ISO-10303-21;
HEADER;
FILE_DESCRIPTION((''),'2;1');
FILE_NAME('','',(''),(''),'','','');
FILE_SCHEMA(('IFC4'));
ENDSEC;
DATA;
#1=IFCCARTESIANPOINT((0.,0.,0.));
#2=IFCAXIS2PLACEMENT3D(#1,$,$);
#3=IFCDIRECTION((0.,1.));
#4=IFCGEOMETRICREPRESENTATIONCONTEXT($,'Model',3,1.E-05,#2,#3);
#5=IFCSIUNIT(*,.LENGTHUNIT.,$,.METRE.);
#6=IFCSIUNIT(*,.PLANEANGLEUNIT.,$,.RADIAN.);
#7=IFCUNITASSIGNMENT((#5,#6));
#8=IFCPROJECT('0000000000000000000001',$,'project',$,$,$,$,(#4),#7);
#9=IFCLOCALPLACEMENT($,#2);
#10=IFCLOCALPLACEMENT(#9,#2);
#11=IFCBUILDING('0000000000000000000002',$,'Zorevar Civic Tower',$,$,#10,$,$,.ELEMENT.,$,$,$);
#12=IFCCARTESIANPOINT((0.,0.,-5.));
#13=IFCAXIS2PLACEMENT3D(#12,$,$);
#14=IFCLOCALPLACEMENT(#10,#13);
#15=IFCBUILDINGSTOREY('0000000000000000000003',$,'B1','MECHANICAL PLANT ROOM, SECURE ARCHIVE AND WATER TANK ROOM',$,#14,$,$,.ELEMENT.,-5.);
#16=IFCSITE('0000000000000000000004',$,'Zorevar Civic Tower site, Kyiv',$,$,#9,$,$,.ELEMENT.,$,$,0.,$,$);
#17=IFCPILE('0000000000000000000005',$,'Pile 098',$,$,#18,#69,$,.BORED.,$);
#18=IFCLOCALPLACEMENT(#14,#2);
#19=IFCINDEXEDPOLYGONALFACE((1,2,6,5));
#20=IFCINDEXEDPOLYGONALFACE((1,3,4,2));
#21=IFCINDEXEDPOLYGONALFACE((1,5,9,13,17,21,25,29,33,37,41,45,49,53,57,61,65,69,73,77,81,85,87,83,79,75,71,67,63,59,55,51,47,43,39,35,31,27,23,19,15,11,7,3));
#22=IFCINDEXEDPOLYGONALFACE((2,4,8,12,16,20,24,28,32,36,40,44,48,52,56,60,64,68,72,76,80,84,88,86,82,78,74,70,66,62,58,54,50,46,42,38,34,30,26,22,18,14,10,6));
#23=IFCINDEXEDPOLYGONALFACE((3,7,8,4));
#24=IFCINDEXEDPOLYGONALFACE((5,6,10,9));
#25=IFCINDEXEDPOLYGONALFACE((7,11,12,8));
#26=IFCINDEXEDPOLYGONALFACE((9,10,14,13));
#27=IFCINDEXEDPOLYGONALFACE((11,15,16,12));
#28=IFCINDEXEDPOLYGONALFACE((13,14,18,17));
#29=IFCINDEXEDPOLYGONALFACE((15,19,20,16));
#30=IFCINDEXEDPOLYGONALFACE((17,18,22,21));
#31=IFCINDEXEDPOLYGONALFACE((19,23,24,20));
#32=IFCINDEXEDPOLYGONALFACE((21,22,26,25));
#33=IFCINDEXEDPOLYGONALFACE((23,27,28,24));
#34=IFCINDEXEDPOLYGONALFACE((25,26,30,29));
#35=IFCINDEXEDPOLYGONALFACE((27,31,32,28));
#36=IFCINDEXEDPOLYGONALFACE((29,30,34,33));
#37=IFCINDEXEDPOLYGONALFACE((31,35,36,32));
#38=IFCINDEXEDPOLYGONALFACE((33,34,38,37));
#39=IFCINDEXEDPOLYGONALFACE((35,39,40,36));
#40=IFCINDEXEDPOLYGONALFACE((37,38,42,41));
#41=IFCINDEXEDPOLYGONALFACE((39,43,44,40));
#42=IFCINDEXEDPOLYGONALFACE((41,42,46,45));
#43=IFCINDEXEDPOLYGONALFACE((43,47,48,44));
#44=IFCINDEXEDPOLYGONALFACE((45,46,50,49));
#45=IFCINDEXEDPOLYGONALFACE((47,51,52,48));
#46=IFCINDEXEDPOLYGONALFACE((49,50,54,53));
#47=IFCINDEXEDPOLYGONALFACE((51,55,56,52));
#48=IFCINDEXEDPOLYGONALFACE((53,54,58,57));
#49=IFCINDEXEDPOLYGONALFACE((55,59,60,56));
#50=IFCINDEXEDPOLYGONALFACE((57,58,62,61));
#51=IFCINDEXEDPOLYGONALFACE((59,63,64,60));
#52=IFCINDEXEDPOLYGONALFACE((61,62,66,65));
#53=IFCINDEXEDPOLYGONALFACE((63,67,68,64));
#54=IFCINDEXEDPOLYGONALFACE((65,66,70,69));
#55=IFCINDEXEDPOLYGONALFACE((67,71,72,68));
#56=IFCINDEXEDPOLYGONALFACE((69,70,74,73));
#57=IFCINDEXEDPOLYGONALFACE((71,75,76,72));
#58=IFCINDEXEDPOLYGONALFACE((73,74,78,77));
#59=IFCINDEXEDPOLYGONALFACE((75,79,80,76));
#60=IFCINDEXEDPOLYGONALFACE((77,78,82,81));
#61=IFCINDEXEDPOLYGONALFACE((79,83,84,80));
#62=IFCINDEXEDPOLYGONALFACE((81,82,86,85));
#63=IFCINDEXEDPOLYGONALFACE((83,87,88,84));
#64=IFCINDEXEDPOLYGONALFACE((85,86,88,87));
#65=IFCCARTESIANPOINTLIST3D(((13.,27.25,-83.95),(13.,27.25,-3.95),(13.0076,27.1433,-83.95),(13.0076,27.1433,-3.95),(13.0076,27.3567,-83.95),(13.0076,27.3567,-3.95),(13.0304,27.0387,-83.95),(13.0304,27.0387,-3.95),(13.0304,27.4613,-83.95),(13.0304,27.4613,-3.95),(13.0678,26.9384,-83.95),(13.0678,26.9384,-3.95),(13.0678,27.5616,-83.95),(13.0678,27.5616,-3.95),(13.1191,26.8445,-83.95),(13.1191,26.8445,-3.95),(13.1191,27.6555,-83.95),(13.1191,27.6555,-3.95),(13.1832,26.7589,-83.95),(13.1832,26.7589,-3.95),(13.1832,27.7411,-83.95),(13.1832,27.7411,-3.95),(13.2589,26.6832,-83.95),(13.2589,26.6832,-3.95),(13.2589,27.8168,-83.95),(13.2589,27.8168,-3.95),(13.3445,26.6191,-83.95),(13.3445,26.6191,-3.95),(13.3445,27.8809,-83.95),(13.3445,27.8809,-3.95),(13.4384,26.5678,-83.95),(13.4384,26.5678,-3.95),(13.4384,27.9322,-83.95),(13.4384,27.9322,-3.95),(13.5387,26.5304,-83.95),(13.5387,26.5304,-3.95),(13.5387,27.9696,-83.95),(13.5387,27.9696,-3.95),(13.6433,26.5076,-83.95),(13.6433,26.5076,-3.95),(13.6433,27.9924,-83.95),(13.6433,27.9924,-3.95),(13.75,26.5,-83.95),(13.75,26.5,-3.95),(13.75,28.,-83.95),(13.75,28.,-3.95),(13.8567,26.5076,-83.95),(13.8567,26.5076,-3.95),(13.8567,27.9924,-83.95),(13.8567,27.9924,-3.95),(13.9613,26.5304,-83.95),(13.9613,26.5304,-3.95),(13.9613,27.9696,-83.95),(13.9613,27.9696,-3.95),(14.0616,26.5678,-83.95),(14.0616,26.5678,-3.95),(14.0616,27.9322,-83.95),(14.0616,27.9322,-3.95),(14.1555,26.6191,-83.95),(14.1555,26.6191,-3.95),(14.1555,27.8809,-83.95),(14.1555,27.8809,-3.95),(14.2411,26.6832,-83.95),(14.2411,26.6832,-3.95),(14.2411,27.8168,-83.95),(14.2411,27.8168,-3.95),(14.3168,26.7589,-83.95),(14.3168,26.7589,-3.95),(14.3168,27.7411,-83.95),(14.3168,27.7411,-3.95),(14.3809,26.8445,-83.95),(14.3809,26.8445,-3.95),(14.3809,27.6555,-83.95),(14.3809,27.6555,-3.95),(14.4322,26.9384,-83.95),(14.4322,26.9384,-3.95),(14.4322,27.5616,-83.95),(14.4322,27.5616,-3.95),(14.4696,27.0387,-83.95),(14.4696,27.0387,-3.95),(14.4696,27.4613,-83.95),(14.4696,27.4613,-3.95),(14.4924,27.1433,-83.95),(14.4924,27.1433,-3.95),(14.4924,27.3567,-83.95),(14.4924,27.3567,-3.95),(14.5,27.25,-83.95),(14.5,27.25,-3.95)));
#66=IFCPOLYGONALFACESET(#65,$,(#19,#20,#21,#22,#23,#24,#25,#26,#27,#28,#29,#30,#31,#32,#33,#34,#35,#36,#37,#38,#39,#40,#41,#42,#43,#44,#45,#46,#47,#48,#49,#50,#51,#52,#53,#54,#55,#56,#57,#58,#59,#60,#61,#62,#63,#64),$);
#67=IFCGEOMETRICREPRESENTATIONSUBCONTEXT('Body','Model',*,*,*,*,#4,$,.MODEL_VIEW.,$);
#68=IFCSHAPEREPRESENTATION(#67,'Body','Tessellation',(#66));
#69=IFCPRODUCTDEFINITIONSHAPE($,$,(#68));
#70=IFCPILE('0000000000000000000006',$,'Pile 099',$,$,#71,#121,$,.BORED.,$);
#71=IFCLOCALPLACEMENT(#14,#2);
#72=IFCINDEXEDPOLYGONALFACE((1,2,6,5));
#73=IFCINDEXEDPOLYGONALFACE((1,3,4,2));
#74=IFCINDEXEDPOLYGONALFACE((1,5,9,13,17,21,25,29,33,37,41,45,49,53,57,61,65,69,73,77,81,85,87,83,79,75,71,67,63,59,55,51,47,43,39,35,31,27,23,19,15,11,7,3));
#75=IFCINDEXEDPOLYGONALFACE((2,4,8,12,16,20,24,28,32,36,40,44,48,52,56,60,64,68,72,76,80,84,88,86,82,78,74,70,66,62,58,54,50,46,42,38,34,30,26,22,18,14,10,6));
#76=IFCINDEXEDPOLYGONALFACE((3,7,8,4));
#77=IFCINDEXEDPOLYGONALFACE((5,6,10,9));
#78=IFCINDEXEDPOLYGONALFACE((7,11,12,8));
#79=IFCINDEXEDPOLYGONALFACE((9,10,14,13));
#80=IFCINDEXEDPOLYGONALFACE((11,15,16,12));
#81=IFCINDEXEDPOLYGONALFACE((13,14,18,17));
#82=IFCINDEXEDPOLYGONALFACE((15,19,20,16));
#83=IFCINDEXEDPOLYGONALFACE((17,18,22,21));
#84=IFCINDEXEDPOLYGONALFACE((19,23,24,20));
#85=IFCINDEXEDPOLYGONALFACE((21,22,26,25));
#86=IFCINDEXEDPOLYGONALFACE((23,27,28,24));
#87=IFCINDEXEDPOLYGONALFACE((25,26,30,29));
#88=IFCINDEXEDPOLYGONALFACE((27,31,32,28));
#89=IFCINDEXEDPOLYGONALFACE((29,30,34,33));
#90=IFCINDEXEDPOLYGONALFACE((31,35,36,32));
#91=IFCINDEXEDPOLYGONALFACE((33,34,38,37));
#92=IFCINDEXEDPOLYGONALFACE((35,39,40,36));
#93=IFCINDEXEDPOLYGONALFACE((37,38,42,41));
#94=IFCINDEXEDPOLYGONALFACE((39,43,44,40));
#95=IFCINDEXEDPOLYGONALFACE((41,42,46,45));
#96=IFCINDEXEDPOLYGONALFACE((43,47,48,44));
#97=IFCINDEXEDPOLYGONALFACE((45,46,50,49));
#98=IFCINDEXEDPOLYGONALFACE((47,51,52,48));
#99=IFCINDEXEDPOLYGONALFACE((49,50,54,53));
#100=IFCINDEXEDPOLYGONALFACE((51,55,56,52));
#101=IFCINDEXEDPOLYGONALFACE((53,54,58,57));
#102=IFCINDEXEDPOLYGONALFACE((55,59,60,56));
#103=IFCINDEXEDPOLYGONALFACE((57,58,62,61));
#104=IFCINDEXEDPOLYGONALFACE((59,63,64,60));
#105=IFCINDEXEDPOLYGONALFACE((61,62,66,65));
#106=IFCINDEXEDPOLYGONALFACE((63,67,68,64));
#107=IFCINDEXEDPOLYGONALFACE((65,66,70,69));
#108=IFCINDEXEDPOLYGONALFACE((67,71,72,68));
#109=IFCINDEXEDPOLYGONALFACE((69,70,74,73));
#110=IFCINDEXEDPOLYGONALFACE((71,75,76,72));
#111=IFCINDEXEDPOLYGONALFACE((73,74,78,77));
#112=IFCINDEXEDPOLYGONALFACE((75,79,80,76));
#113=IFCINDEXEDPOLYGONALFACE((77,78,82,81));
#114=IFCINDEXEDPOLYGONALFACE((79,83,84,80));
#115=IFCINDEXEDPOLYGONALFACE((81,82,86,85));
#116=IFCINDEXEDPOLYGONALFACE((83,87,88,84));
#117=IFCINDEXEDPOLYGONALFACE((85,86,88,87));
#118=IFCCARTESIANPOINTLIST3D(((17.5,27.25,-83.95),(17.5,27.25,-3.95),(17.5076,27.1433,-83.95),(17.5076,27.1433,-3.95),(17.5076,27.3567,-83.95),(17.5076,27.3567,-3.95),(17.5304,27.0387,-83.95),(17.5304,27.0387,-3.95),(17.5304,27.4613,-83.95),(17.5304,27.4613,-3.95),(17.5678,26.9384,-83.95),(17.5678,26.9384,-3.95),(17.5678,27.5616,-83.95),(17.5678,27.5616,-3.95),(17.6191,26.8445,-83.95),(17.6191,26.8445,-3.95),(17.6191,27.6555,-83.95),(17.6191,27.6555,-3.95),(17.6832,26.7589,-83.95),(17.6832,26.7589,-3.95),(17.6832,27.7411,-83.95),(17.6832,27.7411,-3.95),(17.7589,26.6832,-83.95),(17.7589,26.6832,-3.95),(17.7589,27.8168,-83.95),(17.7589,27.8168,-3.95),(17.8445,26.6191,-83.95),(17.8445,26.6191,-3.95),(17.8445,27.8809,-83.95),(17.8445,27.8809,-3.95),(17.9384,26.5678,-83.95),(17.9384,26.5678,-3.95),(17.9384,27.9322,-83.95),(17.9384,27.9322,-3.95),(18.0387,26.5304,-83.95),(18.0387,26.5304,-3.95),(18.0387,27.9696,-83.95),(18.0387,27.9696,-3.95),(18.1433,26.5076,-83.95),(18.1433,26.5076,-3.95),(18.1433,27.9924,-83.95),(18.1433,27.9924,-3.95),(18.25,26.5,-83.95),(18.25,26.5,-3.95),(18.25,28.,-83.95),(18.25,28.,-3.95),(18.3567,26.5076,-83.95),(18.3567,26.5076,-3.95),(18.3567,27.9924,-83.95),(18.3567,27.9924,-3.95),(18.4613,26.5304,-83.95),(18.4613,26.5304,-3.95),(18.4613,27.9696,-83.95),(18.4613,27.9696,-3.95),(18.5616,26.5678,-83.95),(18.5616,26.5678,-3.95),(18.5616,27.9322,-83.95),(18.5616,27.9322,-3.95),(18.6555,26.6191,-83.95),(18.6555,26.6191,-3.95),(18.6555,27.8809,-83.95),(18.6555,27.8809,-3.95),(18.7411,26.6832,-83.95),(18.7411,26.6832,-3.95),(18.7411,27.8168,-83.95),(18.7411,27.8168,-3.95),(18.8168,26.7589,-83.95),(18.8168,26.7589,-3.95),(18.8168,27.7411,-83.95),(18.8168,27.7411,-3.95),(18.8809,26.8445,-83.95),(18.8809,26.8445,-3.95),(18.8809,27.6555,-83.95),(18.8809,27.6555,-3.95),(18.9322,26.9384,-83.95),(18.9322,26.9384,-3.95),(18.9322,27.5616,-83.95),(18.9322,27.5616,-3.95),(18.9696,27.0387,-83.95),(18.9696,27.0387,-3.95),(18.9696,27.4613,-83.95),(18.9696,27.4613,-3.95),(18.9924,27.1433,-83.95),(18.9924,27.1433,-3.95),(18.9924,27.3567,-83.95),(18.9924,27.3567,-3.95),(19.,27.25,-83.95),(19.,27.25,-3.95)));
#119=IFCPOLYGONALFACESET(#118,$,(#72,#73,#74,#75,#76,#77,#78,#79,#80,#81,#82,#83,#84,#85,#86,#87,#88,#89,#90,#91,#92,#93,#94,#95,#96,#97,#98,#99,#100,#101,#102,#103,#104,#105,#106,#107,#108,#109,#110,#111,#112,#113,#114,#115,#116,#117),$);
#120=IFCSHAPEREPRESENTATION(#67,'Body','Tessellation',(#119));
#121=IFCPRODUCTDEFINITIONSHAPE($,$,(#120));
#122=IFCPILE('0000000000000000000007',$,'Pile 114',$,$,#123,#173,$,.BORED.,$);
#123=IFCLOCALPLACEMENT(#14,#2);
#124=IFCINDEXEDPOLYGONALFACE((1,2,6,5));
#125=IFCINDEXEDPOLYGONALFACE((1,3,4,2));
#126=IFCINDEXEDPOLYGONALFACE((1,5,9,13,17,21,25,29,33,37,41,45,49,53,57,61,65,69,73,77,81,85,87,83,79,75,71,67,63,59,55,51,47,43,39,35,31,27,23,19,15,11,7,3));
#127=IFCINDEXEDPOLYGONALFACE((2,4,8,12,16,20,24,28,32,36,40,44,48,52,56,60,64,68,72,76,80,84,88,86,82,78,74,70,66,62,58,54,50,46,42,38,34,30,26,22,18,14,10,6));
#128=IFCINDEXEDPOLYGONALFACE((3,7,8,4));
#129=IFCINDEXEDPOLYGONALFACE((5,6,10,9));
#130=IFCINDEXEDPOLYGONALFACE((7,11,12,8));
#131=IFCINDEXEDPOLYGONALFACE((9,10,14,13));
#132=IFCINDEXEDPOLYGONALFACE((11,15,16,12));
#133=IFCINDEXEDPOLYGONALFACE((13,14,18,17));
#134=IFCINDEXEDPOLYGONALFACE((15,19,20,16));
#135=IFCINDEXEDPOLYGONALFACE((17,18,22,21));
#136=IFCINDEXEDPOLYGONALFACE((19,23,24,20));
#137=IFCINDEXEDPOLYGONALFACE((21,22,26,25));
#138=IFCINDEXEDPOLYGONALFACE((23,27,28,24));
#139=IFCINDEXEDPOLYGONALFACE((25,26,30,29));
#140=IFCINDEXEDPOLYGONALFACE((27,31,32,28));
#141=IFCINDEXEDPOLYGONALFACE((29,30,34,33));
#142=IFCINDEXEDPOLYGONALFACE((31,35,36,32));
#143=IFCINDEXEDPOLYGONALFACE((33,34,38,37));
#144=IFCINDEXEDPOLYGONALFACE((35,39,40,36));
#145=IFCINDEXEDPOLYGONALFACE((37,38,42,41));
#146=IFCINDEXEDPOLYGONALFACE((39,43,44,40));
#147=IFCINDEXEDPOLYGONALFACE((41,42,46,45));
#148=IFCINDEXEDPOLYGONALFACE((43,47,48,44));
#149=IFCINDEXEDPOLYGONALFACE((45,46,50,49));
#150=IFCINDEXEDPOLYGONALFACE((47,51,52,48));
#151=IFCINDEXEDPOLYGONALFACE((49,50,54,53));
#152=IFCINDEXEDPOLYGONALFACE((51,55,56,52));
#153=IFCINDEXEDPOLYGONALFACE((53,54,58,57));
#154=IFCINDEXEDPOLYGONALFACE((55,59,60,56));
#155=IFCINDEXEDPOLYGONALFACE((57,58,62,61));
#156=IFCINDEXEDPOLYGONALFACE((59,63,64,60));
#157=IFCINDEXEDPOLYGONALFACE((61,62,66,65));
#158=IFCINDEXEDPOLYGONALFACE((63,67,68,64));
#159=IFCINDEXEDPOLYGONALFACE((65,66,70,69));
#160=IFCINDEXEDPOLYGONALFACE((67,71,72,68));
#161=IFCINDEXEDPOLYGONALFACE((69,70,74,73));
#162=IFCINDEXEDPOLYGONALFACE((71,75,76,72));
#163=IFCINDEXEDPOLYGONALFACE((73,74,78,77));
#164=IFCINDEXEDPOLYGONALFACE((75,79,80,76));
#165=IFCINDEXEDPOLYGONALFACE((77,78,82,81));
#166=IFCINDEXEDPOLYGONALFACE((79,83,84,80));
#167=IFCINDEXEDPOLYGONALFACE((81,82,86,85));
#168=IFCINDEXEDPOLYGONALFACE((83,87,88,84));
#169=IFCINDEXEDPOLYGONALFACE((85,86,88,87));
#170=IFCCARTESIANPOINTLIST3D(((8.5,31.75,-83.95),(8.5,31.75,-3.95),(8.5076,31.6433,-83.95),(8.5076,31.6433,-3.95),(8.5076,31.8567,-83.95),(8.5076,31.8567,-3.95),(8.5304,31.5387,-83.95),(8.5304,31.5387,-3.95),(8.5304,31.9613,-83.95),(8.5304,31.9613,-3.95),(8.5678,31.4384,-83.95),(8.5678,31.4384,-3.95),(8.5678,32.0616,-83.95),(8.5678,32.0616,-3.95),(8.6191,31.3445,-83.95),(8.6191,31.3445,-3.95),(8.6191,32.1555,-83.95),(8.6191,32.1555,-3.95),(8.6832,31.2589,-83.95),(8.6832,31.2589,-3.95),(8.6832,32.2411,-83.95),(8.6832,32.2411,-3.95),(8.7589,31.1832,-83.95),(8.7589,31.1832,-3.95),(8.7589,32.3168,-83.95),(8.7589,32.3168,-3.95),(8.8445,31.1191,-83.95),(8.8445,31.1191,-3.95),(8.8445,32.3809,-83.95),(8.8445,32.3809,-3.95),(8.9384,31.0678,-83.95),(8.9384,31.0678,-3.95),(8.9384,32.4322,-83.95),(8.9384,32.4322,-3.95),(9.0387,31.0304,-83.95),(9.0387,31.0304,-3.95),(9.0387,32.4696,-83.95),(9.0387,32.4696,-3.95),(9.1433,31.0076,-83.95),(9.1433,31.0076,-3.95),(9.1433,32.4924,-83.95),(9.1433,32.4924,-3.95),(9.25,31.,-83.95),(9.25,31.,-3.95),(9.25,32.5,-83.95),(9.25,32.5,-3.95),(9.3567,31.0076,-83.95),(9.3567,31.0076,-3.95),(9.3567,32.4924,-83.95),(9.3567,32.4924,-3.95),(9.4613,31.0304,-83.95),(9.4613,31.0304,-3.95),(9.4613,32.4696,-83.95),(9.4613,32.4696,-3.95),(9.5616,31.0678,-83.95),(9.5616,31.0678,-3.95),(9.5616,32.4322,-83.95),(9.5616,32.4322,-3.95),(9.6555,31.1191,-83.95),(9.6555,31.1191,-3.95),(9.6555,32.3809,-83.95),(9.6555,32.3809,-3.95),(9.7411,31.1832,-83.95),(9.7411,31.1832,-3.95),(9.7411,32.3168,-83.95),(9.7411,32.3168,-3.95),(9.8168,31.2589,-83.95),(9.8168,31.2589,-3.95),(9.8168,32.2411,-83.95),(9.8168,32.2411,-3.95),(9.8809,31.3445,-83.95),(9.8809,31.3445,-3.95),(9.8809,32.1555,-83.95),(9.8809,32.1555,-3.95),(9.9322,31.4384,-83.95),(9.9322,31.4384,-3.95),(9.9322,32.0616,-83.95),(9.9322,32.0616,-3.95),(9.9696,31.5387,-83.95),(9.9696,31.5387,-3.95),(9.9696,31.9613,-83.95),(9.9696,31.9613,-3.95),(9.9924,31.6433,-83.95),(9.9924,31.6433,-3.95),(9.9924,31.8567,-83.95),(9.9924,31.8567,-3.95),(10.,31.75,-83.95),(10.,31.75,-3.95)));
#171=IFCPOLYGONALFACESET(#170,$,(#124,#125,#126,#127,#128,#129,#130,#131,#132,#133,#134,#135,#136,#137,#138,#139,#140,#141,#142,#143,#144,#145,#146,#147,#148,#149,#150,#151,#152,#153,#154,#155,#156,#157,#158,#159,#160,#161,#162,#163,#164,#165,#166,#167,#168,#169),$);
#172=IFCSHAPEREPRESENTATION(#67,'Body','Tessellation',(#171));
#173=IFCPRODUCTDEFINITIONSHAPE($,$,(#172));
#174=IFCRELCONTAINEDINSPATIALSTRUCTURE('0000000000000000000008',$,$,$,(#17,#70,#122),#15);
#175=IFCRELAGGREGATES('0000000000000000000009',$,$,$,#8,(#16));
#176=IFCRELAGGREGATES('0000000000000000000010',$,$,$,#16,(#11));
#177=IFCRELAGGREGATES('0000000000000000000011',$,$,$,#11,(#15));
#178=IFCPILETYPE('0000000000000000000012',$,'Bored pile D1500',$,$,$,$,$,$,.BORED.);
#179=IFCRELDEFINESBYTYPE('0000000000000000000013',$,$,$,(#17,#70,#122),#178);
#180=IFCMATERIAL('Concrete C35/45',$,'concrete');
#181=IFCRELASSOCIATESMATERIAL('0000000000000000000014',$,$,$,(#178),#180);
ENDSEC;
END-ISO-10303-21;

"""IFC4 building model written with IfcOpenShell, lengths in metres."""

from ifc_helpers import new_model, si_unit, direction, frame, origin, origin_2d, place, context, subcontext, project, spatial, circle, extrude, material, type_object, element, save


model = new_model("IFC4")

# Units and contexts
model_context = context("Model", 3, precision=1e-05, world=origin(), true_north=direction((0.0, 1.0)))
body_context = subcontext(model_context, "Body", "Model", "MODEL_VIEW")
ifc_project = project(units=[si_unit("LENGTHUNIT", "METRE"), si_unit("PLANEANGLEUNIT", "RADIAN")], contexts=[model_context])

# Site, building, storey
site_placement = place(None, origin())
site = spatial("IfcSite", under=ifc_project, at=site_placement, Name="Zorevar Civic Tower site, Kyiv", CompositionType="ELEMENT", RefElevation=0.0)
building_placement = place(site_placement, origin())
building = spatial("IfcBuilding", under=site, at=building_placement, Name="Zorevar Civic Tower", CompositionType="ELEMENT")
storey_placement = place(building_placement, frame((0.0, 0.0, -5.0)))
storey = spatial("IfcBuildingStorey", under=building, at=storey_placement, Name="B1", Description="MECHANICAL PLANT ROOM, SECURE ARCHIVE AND WATER TANK ROOM", CompositionType="ELEMENT", Elevation=-5.0)

# Piles
ifc_material_1 = material(Name="Concrete C35/45", Category="concrete")
pile_type = type_object("IfcPileType", Name="Bored pile D1500", PredefinedType="BORED", material=ifc_material_1)
for number, where, z_axis, x_axis, name in (
    (1, (13.75, 27.25, -3.95), (0.0, 0.0, -1.0), (1.0, 0.0, 0.0), "Pile 098"),
    (2, (18.25, 27.25, -3.95), (0.0, 0.0, -1.0), (1.0, 0.0, 0.0), "Pile 099"),
    (3, (9.25, 31.75, -3.95), (0.0, 0.0, -1.0), (1.0, 0.0, 0.0), "Pile 114"),
):
    element("IfcPile", number, at=place(storey_placement, frame(where, z_axis=z_axis, x_axis=x_axis)), inside=storey, type_object=pile_type, Name=name, PredefinedType="BORED", context=body_context, shape_type="SweptSolid", body=[
        extrude(circle(Radius=0.75, at=origin_2d()), origin(), (0.0, 0.0, 1.0), 80.0),
    ])

save(model, "model.ifc")
